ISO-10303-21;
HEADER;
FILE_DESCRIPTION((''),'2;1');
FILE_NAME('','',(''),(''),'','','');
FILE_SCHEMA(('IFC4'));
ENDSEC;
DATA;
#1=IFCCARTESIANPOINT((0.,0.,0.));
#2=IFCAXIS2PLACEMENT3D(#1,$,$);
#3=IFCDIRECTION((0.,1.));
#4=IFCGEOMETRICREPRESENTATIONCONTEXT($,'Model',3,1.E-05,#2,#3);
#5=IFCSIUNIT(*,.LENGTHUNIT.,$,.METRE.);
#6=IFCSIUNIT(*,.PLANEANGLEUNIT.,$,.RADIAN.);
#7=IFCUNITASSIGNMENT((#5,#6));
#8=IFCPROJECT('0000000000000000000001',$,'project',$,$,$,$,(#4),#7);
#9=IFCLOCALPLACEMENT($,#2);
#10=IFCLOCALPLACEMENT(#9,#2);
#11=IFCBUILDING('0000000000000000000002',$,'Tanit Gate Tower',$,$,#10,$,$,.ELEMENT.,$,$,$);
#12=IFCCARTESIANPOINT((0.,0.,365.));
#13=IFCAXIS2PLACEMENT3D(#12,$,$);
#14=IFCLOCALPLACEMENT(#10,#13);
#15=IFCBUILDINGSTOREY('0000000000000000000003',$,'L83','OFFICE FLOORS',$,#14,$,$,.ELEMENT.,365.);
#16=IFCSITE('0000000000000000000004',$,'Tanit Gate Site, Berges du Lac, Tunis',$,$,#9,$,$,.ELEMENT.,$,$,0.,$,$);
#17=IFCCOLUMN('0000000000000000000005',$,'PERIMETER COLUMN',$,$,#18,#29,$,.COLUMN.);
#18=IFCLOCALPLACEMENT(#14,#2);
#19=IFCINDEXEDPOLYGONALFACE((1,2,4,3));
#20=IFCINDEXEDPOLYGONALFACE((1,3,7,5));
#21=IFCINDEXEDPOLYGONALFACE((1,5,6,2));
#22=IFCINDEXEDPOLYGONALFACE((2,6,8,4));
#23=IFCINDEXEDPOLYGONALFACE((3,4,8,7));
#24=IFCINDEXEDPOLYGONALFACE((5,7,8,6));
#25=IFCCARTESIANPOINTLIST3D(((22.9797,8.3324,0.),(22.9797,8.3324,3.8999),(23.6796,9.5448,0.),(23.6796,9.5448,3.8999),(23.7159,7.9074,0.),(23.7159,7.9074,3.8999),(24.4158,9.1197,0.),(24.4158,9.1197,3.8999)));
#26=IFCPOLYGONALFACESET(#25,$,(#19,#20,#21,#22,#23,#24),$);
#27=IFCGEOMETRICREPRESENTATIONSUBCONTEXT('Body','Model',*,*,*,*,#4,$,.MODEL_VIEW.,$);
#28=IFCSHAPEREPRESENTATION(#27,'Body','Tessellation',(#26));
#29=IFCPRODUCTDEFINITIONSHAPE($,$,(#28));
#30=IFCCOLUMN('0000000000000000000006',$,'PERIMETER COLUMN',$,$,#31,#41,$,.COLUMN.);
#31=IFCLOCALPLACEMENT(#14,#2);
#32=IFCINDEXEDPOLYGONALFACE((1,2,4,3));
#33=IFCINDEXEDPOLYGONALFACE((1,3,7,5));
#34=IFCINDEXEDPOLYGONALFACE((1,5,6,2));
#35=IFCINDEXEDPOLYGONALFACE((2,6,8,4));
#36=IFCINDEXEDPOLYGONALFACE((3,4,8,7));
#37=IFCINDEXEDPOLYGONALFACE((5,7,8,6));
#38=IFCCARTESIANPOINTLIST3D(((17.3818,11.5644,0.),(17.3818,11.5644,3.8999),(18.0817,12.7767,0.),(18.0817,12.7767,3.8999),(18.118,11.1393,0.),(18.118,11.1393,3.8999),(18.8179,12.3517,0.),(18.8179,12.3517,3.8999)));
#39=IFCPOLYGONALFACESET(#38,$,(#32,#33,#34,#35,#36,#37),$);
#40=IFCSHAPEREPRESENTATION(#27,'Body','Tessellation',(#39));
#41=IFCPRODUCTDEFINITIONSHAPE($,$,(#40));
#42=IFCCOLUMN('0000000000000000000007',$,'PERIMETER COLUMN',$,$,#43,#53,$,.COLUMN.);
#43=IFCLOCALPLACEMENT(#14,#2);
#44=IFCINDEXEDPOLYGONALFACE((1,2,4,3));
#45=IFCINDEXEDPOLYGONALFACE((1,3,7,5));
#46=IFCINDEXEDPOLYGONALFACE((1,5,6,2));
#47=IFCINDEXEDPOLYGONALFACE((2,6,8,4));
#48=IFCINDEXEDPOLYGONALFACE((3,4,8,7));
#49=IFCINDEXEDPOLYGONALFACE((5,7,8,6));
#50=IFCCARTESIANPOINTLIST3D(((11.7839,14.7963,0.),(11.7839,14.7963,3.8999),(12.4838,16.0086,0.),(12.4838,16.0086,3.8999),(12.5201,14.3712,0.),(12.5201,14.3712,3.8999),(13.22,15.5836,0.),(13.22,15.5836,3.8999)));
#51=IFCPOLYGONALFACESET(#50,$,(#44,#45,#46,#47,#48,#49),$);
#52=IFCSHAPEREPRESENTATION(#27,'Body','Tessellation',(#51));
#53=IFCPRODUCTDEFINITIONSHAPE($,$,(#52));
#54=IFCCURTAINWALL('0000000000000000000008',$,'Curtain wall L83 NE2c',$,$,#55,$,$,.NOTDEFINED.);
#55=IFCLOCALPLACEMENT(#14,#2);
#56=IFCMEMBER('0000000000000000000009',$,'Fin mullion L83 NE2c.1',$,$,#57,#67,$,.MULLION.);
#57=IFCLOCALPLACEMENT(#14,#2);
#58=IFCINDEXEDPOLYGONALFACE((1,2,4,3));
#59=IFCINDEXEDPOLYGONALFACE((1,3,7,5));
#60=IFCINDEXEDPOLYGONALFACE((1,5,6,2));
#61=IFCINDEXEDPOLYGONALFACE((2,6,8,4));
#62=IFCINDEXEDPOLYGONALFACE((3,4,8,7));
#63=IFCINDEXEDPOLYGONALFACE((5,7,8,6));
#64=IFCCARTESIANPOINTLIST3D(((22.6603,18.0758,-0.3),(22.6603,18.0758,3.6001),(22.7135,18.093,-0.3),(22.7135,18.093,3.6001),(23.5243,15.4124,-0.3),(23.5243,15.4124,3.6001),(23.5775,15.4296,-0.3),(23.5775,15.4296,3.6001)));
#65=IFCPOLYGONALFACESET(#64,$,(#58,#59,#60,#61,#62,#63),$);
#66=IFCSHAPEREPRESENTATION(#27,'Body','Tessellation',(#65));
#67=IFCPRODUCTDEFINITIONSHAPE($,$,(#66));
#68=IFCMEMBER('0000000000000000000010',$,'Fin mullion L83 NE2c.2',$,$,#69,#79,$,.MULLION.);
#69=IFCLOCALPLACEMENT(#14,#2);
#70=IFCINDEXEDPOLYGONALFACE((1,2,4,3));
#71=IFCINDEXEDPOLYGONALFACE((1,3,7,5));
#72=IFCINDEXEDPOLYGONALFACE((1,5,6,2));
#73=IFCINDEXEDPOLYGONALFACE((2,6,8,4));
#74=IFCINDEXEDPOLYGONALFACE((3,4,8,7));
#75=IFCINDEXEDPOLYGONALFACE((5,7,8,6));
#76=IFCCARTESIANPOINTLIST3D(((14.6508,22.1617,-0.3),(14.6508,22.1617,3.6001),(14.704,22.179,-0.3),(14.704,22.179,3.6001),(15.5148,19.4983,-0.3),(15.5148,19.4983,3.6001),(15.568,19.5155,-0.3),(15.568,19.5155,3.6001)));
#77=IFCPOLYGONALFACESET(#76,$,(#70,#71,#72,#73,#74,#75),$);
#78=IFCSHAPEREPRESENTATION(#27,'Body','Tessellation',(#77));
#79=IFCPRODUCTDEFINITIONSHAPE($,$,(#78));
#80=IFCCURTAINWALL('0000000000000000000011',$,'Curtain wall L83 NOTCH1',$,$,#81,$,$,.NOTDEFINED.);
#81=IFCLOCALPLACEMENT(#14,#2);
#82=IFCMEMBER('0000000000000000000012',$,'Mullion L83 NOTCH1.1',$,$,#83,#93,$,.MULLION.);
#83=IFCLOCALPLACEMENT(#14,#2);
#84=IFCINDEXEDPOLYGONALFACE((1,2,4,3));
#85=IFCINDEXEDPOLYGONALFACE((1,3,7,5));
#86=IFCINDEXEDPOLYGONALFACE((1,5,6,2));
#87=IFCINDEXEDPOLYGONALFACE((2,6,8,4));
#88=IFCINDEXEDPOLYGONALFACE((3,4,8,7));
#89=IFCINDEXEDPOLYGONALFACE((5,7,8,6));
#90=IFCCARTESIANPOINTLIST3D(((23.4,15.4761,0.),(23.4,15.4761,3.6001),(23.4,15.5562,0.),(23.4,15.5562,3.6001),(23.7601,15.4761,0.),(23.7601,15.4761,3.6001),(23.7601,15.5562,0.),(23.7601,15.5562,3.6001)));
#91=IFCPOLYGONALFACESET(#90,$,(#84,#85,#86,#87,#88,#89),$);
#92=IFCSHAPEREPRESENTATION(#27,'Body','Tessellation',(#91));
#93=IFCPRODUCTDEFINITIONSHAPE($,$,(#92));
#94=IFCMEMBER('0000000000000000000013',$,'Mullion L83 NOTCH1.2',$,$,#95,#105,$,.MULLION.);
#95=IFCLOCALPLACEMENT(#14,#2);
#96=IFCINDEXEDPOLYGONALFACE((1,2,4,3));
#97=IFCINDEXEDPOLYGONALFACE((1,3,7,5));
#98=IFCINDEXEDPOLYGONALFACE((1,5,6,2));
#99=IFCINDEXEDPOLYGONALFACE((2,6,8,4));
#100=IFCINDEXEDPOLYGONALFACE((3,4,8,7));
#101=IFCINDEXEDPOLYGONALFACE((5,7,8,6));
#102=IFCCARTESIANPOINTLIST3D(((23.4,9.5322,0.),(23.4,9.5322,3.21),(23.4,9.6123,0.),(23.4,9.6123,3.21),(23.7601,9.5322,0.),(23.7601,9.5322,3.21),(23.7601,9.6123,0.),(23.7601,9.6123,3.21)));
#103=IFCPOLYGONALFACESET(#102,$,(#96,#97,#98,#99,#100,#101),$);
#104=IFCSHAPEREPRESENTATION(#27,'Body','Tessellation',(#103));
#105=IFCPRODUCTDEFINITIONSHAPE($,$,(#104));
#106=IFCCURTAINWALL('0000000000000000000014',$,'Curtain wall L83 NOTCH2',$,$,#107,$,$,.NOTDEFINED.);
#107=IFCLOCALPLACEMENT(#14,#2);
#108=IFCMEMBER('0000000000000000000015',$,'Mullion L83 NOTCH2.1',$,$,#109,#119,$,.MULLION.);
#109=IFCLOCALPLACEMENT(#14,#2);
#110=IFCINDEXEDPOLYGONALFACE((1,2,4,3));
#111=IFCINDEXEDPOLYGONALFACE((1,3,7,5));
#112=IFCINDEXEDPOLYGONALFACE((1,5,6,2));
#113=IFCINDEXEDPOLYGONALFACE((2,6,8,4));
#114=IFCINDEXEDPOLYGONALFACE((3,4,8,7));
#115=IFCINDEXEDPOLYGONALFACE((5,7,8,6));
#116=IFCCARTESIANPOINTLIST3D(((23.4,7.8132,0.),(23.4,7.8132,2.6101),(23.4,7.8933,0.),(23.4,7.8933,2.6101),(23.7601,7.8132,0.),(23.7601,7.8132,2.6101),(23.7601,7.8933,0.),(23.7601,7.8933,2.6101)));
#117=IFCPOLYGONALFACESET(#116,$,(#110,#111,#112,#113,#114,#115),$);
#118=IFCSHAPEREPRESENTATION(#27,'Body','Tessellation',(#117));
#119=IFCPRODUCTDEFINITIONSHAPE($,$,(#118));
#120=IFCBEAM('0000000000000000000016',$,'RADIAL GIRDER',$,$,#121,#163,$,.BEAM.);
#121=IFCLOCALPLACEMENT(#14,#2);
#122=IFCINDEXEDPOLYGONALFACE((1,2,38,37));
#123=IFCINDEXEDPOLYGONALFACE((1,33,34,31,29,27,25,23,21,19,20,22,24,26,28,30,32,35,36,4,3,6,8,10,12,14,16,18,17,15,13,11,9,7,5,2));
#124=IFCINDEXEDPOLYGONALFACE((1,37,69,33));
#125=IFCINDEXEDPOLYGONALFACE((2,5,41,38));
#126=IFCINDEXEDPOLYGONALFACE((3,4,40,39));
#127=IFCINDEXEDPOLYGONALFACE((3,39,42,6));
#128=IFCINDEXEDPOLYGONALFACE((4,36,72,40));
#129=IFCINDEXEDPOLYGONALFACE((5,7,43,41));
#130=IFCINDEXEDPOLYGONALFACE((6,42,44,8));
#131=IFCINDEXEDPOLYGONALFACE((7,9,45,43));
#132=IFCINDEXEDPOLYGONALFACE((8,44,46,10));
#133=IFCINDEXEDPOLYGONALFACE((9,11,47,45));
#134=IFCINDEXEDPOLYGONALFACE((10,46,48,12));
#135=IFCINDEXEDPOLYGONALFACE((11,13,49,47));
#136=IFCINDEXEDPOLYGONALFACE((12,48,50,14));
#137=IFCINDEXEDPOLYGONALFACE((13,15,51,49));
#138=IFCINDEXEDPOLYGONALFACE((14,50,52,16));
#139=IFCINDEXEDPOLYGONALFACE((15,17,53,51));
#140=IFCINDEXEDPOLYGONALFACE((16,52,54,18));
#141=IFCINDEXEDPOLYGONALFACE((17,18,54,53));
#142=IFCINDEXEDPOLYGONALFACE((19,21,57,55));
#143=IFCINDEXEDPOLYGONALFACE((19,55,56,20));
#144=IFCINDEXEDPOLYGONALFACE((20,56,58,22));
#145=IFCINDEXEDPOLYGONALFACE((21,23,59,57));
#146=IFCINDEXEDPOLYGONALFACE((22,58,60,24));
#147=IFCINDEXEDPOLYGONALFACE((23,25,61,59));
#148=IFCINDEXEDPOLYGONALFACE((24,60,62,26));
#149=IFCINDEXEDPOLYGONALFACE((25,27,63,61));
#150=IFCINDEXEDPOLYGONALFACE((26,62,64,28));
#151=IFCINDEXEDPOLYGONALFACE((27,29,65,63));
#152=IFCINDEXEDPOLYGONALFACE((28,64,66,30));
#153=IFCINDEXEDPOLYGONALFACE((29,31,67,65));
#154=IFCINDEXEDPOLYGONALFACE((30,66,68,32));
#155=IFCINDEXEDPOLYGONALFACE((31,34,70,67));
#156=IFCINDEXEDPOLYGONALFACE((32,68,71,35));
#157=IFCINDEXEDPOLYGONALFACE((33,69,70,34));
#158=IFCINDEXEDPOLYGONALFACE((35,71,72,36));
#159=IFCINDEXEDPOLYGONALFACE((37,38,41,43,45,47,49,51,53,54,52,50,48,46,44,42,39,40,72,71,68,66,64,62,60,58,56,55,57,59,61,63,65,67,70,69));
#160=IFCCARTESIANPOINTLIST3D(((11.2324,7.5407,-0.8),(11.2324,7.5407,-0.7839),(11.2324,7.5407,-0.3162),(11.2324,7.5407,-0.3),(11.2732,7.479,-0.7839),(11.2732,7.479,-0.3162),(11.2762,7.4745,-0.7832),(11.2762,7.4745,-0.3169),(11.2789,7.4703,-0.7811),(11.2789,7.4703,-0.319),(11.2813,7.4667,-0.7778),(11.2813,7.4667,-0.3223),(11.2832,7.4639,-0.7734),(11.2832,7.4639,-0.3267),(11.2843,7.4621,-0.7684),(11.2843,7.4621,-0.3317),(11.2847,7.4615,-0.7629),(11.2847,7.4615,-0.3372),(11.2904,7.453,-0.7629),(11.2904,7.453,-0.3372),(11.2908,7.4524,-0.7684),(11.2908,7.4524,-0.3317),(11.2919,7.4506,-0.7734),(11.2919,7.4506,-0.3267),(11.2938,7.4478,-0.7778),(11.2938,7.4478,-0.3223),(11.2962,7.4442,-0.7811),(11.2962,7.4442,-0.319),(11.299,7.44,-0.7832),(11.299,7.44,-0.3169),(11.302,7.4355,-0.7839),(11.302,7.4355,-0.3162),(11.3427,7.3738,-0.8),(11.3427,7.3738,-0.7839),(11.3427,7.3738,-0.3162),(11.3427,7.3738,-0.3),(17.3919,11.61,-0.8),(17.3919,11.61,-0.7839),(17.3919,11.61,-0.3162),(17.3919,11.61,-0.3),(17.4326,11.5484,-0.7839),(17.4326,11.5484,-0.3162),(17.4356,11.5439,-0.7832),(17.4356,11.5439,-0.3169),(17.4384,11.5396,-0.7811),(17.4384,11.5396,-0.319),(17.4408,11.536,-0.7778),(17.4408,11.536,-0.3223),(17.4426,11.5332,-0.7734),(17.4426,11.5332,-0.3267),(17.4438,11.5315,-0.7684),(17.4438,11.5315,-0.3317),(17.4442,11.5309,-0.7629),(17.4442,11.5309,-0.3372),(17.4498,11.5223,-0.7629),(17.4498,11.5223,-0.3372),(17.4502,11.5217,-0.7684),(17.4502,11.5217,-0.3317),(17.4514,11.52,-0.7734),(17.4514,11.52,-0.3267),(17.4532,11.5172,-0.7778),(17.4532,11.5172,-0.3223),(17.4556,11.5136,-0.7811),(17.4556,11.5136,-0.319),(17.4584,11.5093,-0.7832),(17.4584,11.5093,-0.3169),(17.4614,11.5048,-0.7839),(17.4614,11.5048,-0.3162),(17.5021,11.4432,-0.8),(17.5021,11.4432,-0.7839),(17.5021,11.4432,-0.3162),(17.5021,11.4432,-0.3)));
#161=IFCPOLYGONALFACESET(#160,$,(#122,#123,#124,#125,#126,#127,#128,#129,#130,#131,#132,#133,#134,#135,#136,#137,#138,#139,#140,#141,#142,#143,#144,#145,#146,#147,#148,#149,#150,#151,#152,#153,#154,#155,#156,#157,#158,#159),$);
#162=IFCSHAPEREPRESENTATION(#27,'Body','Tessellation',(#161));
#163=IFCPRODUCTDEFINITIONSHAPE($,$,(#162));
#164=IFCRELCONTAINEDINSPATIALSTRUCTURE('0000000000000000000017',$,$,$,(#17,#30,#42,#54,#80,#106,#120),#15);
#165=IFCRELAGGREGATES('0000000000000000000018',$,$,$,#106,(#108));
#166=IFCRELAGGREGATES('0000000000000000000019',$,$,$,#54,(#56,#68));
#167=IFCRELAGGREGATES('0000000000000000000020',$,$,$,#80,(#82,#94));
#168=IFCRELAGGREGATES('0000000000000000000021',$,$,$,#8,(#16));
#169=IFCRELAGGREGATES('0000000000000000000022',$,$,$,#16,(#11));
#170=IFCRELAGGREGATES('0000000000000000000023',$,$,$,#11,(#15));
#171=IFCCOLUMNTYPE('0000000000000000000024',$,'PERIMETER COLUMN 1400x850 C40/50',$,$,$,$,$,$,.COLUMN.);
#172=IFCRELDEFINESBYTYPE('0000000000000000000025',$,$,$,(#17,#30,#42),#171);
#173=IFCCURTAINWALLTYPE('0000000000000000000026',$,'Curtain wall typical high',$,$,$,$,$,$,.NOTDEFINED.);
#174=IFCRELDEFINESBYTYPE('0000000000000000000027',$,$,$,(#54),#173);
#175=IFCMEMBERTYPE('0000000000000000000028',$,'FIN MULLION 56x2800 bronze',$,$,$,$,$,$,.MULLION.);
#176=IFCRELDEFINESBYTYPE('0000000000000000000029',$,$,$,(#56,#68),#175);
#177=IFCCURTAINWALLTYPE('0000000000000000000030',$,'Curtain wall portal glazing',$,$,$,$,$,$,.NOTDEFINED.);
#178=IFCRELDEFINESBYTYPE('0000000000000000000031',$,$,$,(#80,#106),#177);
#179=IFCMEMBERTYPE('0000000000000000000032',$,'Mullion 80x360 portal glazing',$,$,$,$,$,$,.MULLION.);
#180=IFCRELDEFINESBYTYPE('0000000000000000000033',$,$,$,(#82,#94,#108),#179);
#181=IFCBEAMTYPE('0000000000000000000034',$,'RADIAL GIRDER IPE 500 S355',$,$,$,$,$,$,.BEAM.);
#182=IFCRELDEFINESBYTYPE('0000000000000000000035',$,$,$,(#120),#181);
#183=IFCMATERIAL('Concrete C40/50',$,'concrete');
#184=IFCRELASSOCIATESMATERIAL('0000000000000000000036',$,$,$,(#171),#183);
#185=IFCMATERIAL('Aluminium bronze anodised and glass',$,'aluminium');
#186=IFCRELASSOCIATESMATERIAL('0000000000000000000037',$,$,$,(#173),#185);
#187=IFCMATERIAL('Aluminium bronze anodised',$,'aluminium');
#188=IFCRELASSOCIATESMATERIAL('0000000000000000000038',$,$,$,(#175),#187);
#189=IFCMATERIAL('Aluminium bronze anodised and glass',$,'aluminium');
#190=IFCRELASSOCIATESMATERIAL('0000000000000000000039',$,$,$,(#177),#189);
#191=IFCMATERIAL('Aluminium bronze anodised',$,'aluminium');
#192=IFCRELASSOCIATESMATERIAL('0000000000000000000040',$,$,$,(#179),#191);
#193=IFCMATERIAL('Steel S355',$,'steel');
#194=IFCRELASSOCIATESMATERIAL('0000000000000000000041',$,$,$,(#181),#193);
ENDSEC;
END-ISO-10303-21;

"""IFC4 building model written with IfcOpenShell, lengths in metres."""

from ifc_helpers import new_model, si_unit, direction, frame, origin, origin_2d, place, context, subcontext, project, spatial, rectangle, i_section, extrude, material, material_profile, profile_set, type_object, element, aggregate, save


model = new_model("IFC4")

# Units and contexts
model_context = context("Model", 3, precision=1e-05, world=origin(), true_north=direction((0.0, 1.0)))
body_context = subcontext(model_context, "Body", "Model", "MODEL_VIEW")
ifc_project = project(units=[si_unit("LENGTHUNIT", "METRE"), si_unit("PLANEANGLEUNIT", "RADIAN")], contexts=[model_context])

# Site, building, storey
site_placement = place(None, origin())
site = spatial("IfcSite", under=ifc_project, at=site_placement, Name="Tanit Gate Site, Berges du Lac, Tunis", CompositionType="ELEMENT", RefElevation=0.0)
building_placement = place(site_placement, origin())
building = spatial("IfcBuilding", under=site, at=building_placement, Name="Tanit Gate Tower", CompositionType="ELEMENT")
storey_placement = place(building_placement, frame((0.0, 0.0, 365.0)))
storey = spatial("IfcBuildingStorey", under=building, at=storey_placement, Name="L83", Description="OFFICE FLOORS", CompositionType="ELEMENT", Elevation=365.0)

# Columns
ifc_material_1 = material(Name="Concrete C40/50", Category="concrete")
ifc_material_profile_1 = material_profile(ifc_material_1, rectangle(XDim=1.3999, YDim=0.8501, at=origin_2d()), Name="RC 1400x850")
ifc_profile_set_1 = profile_set([ifc_material_profile_1], Name="Concrete C40/50")
column_type = type_object("IfcColumnType", Name="PERIMETER COLUMN 1400x850 C40/50", PredefinedType="COLUMN", material=ifc_profile_set_1)
for number, where, z_axis, x_axis, name in (
    (1, (23.6978, 8.7261, 0.0), (0.0, 0.0, 1.0), (0.5, 0.866025, 0.0), "PERIMETER COLUMN"),
    (2, (18.0999, 11.958, 0.0), (0.0, 0.0, 1.0), (0.5, 0.866025, 0.0), "PERIMETER COLUMN"),
    (3, (12.502, 15.1899, 0.0), (0.0, 0.0, 1.0), (0.5, 0.866025, 0.0), "PERIMETER COLUMN"),
):
    element("IfcColumn", number, at=place(storey_placement, frame(where, z_axis=z_axis, x_axis=x_axis)), inside=storey, type_object=column_type, Name=name, PredefinedType="COLUMN", context=body_context, shape_type="SweptSolid", body=[
        extrude(rectangle(XDim=1.3999, YDim=0.8501, at=origin_2d()), origin(), (0.0, 0.0, 1.0), 3.8999),
    ])

# Curtain walls, members
ifc_material_2 = material(Name="Aluminium bronze anodised and glass", Category="aluminium")
curtain_wall_type_1 = type_object("IfcCurtainWallType", Name="Curtain wall typical high", PredefinedType="NOTDEFINED", material=ifc_material_2)
curtain_wall_1_placement = place(storey_placement, origin())
curtain_wall_1 = element("IfcCurtainWall", 4, at=curtain_wall_1_placement, inside=storey, type_object=curtain_wall_type_1, Name="Curtain wall L83 NE2c", PredefinedType="NOTDEFINED")
ifc_material_3 = material(Name="Aluminium bronze anodised", Category="aluminium")
ifc_material_profile_2 = material_profile(ifc_material_3, rectangle(XDim=2.8, YDim=0.0559, at=origin_2d()), Name="56x2800 bronze fin mullion")
ifc_profile_set_2 = profile_set([ifc_material_profile_2], Name="Aluminium bronze anodised")
member_type_1 = type_object("IfcMemberType", Name="FIN MULLION 56x2800 bronze", PredefinedType="MULLION", material=ifc_profile_set_2)
member_1_placement = place(storey_placement, frame((23.1189, 16.7527, -0.3), z_axis=(0.0, 0.0, 1.0), x_axis=(0.308568, -0.951202, 0.0)))
member_1 = element("IfcMember", 5, at=member_1_placement, type_object=member_type_1, Name="Fin mullion L83 NE2c.1", PredefinedType="MULLION", context=body_context, shape_type="SweptSolid", body=[
    extrude(rectangle(XDim=2.8, YDim=0.0559, at=origin_2d()), origin(), (0.0, 0.0, 1.0), 3.9001),
])
member_2_placement = place(storey_placement, frame((15.1094, 20.8386, -0.3), z_axis=(0.0, 0.0, 1.0), x_axis=(0.308568, -0.951202, 0.0)))
member_2 = element("IfcMember", 6, at=member_2_placement, type_object=member_type_1, Name="Fin mullion L83 NE2c.2", PredefinedType="MULLION", context=body_context, shape_type="SweptSolid", body=[
    extrude(rectangle(XDim=2.8, YDim=0.0559, at=origin_2d()), origin(), (0.0, 0.0, 1.0), 3.9001),
])
ifc_material_4 = material(Name="Aluminium bronze anodised and glass", Category="aluminium")
curtain_wall_type_2 = type_object("IfcCurtainWallType", Name="Curtain wall portal glazing", PredefinedType="NOTDEFINED", material=ifc_material_4)
curtain_wall_2_placement = place(storey_placement, origin())
curtain_wall_2 = element("IfcCurtainWall", 7, at=curtain_wall_2_placement, inside=storey, type_object=curtain_wall_type_2, Name="Curtain wall L83 NOTCH1", PredefinedType="NOTDEFINED")
ifc_material_5 = material(Name="Aluminium bronze anodised", Category="aluminium")
ifc_material_profile_3 = material_profile(ifc_material_5, rectangle(XDim=0.3601, YDim=0.0801, at=origin_2d()), Name="80x360 bronze mullion")
ifc_profile_set_3 = profile_set([ifc_material_profile_3], Name="Aluminium bronze anodised")
member_type_2 = type_object("IfcMemberType", Name="Mullion 80x360 portal glazing", PredefinedType="MULLION", material=ifc_profile_set_3)
member_3_placement = place(storey_placement, frame((23.5801, 15.5161, 0.0), z_axis=(0.0, 0.0, 1.0), x_axis=(1.0, 0.0, 0.0)))
member_3 = element("IfcMember", 8, at=member_3_placement, type_object=member_type_2, Name="Mullion L83 NOTCH1.1", PredefinedType="MULLION", context=body_context, shape_type="SweptSolid", body=[
    extrude(rectangle(XDim=0.3601, YDim=0.0801, at=origin_2d()), origin(), (0.0, 0.0, 1.0), 3.6001),
])
member_4_placement = place(storey_placement, frame((23.5801, 9.5723, 0.0), z_axis=(0.0, 0.0, 1.0), x_axis=(1.0, 0.0, 0.0)))
member_4 = element("IfcMember", 9, at=member_4_placement, type_object=member_type_2, Name="Mullion L83 NOTCH1.2", PredefinedType="MULLION", context=body_context, shape_type="SweptSolid", body=[
    extrude(rectangle(XDim=0.3601, YDim=0.0801, at=origin_2d()), origin(), (0.0, 0.0, 1.0), 3.21),
])

# Curtain wall, member
curtain_wall_3_placement = place(storey_placement, origin())
curtain_wall_3 = element("IfcCurtainWall", 10, at=curtain_wall_3_placement, inside=storey, type_object=curtain_wall_type_2, Name="Curtain wall L83 NOTCH2", PredefinedType="NOTDEFINED")
member_5_placement = place(storey_placement, frame((23.5801, 7.8533, 0.0), z_axis=(0.0, 0.0, 1.0), x_axis=(1.0, 0.0, 0.0)))
member_5 = element("IfcMember", 11, at=member_5_placement, type_object=member_type_2, Name="Mullion L83 NOTCH2.1", PredefinedType="MULLION", context=body_context, shape_type="SweptSolid", body=[
    extrude(rectangle(XDim=0.3601, YDim=0.0801, at=origin_2d()), origin(), (0.0, 0.0, 1.0), 2.6101),
])

# Beam
ifc_material_6 = material(Name="Steel S355", Category="steel")
ifc_material_profile_4 = material_profile(ifc_material_6, i_section(OverallWidth=0.2, OverallDepth=0.5, WebThickness=0.0103, FlangeThickness=0.0161, FilletRadius=0.021, at=origin_2d()), Name="IPE 500")
ifc_profile_set_4 = profile_set([ifc_material_profile_4], Name="Steel S355")
beam_type_1 = type_object("IfcBeamType", Name="RADIAL GIRDER IPE 500 S355", PredefinedType="BEAM", material=ifc_profile_set_4)
beam_1_placement = place(storey_placement, frame((17.447, 11.5266, -0.55), z_axis=(-0.834353, -0.551231, 0.0), x_axis=(0.551231, -0.834353, 0.0)))
element("IfcBeam", 12, at=beam_1_placement, inside=storey, type_object=beam_type_1, Name="RADIAL GIRDER", PredefinedType="BEAM", context=body_context, shape_type="SweptSolid", body=[
    extrude(i_section(OverallWidth=0.2, OverallDepth=0.5, WebThickness=0.0103, FlangeThickness=0.0161, FilletRadius=0.021, at=origin_2d()), origin(), (0.0, 0.0, 1.0), 7.3823),
])

aggregate(curtain_wall_3, [member_5])

aggregate(curtain_wall_1, [member_1, member_2])
aggregate(curtain_wall_2, [member_3, member_4])

save(model, "model.ifc")
